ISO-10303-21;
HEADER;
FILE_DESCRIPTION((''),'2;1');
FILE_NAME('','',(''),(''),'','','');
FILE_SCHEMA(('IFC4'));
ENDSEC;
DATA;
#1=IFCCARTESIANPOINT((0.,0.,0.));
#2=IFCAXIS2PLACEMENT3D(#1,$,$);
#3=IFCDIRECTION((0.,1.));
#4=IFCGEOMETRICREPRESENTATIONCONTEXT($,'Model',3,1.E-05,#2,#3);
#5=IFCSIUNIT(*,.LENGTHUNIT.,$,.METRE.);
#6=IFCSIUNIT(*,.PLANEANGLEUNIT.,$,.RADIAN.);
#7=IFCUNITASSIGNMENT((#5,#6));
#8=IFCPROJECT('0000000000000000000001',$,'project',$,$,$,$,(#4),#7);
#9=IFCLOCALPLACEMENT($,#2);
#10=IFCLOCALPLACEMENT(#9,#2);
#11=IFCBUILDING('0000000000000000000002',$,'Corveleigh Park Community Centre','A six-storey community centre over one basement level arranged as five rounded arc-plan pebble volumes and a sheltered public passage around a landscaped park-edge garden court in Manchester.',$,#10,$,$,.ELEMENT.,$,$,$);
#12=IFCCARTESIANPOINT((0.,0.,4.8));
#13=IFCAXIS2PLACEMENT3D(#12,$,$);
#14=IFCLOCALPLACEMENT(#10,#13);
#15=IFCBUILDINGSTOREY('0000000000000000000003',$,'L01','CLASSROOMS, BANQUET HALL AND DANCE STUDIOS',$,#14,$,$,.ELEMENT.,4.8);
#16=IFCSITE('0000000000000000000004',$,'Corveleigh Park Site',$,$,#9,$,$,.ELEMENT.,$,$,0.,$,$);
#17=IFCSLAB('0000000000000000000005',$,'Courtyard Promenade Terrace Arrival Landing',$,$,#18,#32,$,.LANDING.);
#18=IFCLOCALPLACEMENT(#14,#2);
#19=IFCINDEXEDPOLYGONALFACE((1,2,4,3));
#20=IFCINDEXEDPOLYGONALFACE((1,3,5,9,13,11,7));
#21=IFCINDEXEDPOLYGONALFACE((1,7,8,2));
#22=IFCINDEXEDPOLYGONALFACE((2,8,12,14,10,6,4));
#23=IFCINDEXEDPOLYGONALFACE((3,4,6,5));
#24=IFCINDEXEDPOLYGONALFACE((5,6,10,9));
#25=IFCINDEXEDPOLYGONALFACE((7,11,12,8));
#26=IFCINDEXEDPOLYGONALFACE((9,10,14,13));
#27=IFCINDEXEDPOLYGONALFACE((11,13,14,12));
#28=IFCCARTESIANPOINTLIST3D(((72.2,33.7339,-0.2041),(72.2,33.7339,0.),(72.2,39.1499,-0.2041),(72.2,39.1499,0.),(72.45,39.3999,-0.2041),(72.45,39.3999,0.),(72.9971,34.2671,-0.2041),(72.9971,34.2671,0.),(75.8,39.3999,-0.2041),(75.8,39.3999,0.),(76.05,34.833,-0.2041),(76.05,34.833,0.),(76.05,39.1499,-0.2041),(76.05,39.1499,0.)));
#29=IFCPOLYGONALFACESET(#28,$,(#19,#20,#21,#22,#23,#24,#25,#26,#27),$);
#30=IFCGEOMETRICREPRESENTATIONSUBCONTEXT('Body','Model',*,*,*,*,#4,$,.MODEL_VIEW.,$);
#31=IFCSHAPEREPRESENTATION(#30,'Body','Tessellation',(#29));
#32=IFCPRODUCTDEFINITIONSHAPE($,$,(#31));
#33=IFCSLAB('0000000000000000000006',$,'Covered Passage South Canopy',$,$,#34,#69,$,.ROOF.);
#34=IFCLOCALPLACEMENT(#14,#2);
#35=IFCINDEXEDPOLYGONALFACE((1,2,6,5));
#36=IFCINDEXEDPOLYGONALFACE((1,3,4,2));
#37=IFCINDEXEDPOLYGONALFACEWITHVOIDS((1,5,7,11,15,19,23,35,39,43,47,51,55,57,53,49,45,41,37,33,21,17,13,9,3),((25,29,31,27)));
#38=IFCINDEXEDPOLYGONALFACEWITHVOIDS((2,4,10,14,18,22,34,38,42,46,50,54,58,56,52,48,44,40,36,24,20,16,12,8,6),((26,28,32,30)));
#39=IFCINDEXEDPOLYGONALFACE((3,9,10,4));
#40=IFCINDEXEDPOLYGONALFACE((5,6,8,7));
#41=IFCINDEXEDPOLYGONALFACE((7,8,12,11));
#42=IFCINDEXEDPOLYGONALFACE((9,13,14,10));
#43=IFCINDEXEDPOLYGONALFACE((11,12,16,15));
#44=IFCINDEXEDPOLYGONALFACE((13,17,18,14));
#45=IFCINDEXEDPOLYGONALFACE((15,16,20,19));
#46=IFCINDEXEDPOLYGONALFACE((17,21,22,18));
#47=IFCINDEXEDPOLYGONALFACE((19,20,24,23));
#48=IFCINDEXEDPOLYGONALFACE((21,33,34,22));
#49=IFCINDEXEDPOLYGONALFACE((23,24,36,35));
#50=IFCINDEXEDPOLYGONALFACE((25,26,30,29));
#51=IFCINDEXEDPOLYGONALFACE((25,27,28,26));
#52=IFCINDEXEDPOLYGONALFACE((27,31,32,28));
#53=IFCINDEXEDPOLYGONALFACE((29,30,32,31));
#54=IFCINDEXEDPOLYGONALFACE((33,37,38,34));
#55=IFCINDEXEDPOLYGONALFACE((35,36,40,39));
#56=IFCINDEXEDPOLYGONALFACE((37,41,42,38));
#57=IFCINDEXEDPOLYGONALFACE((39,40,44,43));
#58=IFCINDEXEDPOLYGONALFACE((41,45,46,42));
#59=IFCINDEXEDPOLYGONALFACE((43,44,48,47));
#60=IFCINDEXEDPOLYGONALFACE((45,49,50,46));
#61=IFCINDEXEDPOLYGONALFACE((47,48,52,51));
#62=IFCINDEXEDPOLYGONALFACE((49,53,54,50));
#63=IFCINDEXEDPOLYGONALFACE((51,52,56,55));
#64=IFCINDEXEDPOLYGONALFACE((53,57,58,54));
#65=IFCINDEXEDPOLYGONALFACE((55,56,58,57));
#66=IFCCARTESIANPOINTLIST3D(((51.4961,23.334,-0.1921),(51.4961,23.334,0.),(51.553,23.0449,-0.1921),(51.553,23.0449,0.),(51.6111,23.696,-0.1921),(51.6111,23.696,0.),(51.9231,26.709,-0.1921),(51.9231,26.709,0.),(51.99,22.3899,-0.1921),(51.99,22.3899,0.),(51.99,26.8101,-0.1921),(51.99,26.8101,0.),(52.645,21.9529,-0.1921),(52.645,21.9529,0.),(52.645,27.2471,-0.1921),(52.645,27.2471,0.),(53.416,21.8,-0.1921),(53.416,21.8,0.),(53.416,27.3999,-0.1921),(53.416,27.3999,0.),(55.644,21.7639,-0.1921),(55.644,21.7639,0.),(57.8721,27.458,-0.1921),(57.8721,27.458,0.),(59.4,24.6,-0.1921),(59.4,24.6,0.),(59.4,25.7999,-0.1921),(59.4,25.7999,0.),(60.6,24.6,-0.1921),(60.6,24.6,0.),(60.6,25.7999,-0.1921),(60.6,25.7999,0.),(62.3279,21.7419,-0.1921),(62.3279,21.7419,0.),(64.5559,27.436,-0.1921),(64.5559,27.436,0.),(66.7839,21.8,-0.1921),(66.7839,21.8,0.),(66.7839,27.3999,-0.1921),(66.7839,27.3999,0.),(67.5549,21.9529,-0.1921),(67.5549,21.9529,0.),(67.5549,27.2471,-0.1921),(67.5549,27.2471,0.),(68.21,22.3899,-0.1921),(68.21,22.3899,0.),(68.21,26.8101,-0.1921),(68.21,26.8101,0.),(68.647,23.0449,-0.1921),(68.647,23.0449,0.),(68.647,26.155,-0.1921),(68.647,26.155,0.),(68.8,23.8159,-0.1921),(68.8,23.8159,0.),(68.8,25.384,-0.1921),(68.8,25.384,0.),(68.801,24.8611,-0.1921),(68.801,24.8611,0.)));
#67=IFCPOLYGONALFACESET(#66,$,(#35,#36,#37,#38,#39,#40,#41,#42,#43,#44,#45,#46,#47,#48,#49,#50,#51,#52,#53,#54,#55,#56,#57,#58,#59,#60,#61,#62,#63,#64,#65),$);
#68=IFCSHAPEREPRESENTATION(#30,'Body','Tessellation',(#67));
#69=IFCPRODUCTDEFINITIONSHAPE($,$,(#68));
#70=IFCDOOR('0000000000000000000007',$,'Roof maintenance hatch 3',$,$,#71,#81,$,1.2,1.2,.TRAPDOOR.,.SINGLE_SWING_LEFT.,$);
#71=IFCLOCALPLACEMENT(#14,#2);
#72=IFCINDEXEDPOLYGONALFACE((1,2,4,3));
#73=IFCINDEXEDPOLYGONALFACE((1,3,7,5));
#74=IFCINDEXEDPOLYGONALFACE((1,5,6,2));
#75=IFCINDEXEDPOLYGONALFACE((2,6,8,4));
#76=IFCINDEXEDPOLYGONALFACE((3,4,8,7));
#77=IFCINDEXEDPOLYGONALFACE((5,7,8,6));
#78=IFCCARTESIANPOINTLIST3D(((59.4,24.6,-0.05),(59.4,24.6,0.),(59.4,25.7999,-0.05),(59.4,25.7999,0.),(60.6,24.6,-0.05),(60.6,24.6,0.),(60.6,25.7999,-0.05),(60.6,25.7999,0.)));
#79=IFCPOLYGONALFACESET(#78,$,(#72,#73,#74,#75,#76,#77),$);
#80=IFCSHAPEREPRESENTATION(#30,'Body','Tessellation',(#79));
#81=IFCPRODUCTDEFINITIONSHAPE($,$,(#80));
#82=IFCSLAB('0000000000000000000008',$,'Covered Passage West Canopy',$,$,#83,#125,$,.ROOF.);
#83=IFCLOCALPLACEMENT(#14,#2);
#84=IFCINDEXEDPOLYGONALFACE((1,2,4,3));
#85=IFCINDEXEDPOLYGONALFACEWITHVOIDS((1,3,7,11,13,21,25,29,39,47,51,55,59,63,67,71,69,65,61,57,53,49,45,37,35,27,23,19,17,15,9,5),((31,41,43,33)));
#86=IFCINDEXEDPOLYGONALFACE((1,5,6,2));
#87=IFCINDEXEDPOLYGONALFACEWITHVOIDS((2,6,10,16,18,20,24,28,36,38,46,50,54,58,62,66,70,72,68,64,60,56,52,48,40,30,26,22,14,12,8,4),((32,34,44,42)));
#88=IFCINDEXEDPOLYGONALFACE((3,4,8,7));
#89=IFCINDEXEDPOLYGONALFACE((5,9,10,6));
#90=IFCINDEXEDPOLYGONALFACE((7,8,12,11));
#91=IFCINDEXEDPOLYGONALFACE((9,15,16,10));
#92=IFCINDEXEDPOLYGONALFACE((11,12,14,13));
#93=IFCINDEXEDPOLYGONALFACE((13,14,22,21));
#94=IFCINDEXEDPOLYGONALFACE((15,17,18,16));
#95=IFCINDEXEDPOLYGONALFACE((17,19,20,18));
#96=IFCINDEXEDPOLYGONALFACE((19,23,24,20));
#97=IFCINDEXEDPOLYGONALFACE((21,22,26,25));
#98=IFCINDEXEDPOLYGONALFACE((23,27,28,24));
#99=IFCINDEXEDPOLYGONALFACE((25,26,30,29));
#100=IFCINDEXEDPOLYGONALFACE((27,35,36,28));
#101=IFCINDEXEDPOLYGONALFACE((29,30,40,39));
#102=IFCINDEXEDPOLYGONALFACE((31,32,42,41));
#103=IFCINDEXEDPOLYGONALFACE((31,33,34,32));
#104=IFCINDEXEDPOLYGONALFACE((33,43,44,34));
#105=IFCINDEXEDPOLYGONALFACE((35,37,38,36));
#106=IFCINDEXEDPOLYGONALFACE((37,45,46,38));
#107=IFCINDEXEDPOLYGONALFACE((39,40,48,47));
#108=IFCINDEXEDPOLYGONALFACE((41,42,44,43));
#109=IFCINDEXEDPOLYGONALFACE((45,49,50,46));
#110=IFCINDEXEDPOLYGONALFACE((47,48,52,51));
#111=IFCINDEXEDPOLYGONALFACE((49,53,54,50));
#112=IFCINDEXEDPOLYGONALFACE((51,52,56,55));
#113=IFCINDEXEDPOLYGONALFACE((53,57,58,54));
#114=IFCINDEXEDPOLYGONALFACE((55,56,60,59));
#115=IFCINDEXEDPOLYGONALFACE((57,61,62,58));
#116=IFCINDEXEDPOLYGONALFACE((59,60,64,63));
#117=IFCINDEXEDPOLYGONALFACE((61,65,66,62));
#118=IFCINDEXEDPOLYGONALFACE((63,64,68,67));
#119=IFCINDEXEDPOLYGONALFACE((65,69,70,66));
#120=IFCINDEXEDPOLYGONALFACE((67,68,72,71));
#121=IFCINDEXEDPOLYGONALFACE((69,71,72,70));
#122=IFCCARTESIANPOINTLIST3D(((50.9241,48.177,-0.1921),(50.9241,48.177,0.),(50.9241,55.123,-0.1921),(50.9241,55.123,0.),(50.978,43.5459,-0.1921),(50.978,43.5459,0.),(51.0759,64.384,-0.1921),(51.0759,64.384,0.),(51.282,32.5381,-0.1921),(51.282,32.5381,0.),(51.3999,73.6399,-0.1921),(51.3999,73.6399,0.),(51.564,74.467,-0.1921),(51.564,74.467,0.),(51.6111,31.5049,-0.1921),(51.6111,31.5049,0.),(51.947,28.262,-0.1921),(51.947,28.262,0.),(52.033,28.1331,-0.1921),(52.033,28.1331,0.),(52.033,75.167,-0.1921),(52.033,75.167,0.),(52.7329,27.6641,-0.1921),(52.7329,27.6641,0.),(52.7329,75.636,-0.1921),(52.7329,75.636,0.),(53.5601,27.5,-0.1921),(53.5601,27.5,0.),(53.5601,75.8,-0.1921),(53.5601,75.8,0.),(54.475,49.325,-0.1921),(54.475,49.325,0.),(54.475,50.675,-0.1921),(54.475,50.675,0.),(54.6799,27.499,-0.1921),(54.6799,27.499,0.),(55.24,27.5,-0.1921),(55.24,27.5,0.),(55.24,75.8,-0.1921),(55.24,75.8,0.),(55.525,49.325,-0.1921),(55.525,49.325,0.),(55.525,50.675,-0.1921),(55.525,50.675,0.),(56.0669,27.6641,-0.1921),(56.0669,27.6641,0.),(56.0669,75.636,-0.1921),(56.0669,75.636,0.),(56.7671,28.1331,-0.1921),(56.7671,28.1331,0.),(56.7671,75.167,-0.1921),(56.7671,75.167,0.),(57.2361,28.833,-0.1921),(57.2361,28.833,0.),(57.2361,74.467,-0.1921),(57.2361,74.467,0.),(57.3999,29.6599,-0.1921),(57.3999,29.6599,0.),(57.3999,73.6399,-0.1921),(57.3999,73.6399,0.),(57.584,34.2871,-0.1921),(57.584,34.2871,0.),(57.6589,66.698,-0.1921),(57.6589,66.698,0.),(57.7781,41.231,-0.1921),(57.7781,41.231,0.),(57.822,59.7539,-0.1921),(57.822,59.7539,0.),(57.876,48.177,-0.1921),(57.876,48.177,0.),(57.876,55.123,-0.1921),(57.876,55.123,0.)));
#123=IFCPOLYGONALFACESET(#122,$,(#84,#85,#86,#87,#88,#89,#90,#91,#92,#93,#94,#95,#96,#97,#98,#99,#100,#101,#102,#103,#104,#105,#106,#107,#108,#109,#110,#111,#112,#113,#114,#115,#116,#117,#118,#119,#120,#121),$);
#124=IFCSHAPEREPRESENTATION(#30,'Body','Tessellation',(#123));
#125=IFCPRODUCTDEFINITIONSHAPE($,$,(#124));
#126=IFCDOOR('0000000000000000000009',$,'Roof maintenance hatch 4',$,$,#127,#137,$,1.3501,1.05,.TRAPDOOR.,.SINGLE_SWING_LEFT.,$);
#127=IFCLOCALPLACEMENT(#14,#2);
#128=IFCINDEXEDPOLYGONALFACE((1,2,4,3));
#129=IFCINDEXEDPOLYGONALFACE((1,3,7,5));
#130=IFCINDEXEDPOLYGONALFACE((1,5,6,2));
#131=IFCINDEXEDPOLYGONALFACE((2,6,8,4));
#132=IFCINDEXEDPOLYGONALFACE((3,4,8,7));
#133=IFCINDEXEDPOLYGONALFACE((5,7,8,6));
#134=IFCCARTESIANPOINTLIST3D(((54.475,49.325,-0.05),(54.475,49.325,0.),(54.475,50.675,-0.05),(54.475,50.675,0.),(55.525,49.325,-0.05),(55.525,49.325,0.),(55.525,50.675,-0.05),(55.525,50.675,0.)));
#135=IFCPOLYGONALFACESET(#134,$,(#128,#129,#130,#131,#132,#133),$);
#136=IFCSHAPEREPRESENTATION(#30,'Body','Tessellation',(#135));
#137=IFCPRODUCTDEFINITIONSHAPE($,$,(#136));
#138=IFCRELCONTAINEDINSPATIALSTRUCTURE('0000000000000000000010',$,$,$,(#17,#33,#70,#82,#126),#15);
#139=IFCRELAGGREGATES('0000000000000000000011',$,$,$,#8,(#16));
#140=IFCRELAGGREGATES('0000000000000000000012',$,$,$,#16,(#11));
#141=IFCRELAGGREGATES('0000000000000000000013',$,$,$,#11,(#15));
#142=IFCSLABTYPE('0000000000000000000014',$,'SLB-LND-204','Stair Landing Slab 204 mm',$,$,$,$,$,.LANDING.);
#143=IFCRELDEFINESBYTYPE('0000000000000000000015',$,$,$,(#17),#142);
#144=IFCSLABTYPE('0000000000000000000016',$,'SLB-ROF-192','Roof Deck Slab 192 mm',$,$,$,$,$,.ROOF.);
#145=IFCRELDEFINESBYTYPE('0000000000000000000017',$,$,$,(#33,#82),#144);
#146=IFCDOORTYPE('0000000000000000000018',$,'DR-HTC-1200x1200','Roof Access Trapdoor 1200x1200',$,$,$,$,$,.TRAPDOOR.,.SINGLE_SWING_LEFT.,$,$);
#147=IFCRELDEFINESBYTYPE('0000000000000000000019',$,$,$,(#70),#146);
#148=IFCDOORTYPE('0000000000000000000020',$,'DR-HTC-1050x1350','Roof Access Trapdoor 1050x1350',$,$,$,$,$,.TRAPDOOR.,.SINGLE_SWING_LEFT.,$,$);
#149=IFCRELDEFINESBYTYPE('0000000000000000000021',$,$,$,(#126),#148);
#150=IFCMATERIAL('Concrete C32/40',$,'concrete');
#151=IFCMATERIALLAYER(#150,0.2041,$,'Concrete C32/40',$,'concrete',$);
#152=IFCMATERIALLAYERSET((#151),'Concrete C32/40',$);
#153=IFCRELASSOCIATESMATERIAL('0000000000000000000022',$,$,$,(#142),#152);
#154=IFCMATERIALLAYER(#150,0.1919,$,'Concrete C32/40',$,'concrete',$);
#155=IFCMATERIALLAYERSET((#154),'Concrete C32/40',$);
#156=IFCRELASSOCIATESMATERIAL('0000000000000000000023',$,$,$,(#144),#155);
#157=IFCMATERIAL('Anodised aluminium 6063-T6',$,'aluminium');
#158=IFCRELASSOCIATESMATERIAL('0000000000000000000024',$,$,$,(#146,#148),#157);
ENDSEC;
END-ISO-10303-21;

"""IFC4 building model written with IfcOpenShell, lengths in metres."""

from ifc_helpers import new_model, si_unit, direction, frame, origin, origin_2d, place, context, subcontext, project, spatial, polyline, rectangle, outline, extrude, material, layer, layer_set, type_object, element, fill, save


model = new_model("IFC4")

# Units and contexts
model_context = context("Model", 3, precision=1e-05, world=origin(), true_north=direction((0.0, 1.0)))
body_context = subcontext(model_context, "Body", "Model", "MODEL_VIEW")
ifc_project = project(units=[si_unit("LENGTHUNIT", "METRE"), si_unit("PLANEANGLEUNIT", "RADIAN")], contexts=[model_context])

# Site, building, storey
site_placement = place(None, origin())
site = spatial("IfcSite", under=ifc_project, at=site_placement, Name="Corveleigh Park Site", CompositionType="ELEMENT", RefElevation=0.0)
building_placement = place(site_placement, origin())
building = spatial("IfcBuilding", under=site, at=building_placement, Name="Corveleigh Park Community Centre", Description="A six-storey community centre over one basement level arranged as five rounded arc-plan pebble volumes and a sheltered public passage around a landscaped park-edge garden court in Manchester.", CompositionType="ELEMENT")
storey_placement = place(building_placement, frame((0.0, 0.0, 4.8)))
storey = spatial("IfcBuildingStorey", under=building, at=storey_placement, Name="L01", Description="CLASSROOMS, BANQUET HALL AND DANCE STUDIOS", CompositionType="ELEMENT", Elevation=4.8)

# Slab
ifc_material_1 = material(Name="Concrete C32/40", Category="concrete")
ifc_layer_1 = layer(ifc_material_1, 0.2041, Name="Concrete C32/40", Category="concrete")
ifc_layer_set_1 = layer_set([ifc_layer_1], Name="Concrete C32/40")
slab_type_1 = type_object("IfcSlabType", Name="SLB-LND-204", Description="Stair Landing Slab 204 mm", PredefinedType="LANDING", material=ifc_layer_set_1)
slab_1_placement = place(storey_placement, frame((0.0, 0.0, -0.2041)))
element("IfcSlab", 1, at=slab_1_placement, inside=storey, type_object=slab_type_1, Name="Courtyard Promenade Terrace Arrival Landing", PredefinedType="LANDING", context=body_context, shape_type="SweptSolid", body=[
    extrude(outline(polyline([(72.2, 39.1499), (72.45, 39.3999), (75.8, 39.3999), (76.05, 39.1499), (76.05, 34.833), (72.9971, 34.2671), (72.2, 33.7339), (72.2, 39.1499)])), origin(), (0.0, 0.0, 1.0), 0.2041),
])

# Slabs, openings, doors
ifc_layer_2 = layer(ifc_material_1, 0.1919, Name="Concrete C32/40", Category="concrete")
ifc_layer_set_2 = layer_set([ifc_layer_2], Name="Concrete C32/40")
slab_type_2 = type_object("IfcSlabType", Name="SLB-ROF-192", Description="Roof Deck Slab 192 mm", PredefinedType="ROOF", material=ifc_layer_set_2)
slab_2_placement = place(storey_placement, frame((0.0, 0.0, -0.1921)))
slab_2 = element("IfcSlab", 2, at=slab_2_placement, inside=storey, type_object=slab_type_2, Name="Covered Passage South Canopy", PredefinedType="ROOF", context=body_context, shape_type="SweptSolid", body=[
    extrude(outline(polyline([(51.99, 26.8101), (52.645, 27.2471), (53.416, 27.3999), (57.8721, 27.458), (64.5559, 27.436), (66.7839, 27.3999), (67.5549, 27.2471), (68.21, 26.8101), (68.647, 26.155), (68.8, 25.384), (68.801, 24.8611), (68.8, 23.8159), (68.647, 23.0449), (68.21, 22.3899), (67.5549, 21.9529), (66.7839, 21.8), (62.3279, 21.7419), (55.644, 21.7639), (53.416, 21.8), (52.645, 21.9529), (51.99, 22.3899), (51.553, 23.0449), (51.4961, 23.334), (51.6111, 23.696), (51.9231, 26.709), (51.99, 26.8101)])), origin(), (0.0, 0.0, 1.0), 0.1921),
])
opening_1_placement = place(slab_2_placement, frame((60.0, 25.2, -0.01)))
opening_1 = element("IfcOpeningElement", 3, at=opening_1_placement, cuts=slab_2, PredefinedType="OPENING", context=body_context, shape_type="SweptSolid", body=[
    extrude(rectangle(XDim=1.2, YDim=1.2, at=origin_2d()), origin(), (0.0, 0.0, 1.0), 0.2122),
])
ifc_material_2 = material(Name="Anodised aluminium 6063-T6", Category="aluminium")
door_type_1 = type_object("IfcDoorType", Name="DR-HTC-1200x1200", Description="Roof Access Trapdoor 1200x1200", OperationType="SINGLE_SWING_LEFT", PredefinedType="TRAPDOOR", material=ifc_material_2)
door_1_placement = place(opening_1_placement, frame((0.0, 0.0, 0.1521)))
door_1 = element("IfcDoor", 4, at=door_1_placement, inside=storey, type_object=door_type_1, Name="Roof maintenance hatch 3", OperationType="SINGLE_SWING_LEFT", OverallHeight=1.2, OverallWidth=1.2, PredefinedType="TRAPDOOR", context=body_context, shape_type="SweptSolid", body=[
    extrude(rectangle(XDim=1.2, YDim=1.2, at=origin_2d()), origin(), (0.0, 0.0, 1.0), 0.05),
])
fill(opening_1, door_1)
slab_3_placement = place(storey_placement, frame((0.0, 0.0, -0.1921)))
slab_3 = element("IfcSlab", 5, at=slab_3_placement, inside=storey, type_object=slab_type_2, Name="Covered Passage West Canopy", PredefinedType="ROOF", context=body_context, shape_type="SweptSolid", body=[
    extrude(outline(polyline([(51.282, 32.5381), (50.978, 43.5459), (50.9241, 48.177), (50.9241, 55.123), (51.0759, 64.384), (51.3999, 73.6399), (51.564, 74.467), (52.033, 75.167), (52.7329, 75.636), (53.5601, 75.8), (55.24, 75.8), (56.0669, 75.636), (56.7671, 75.167), (57.2361, 74.467), (57.3999, 73.6399), (57.6589, 66.698), (57.822, 59.7539), (57.876, 55.123), (57.876, 48.177), (57.7781, 41.231), (57.584, 34.2871), (57.3999, 29.6599), (57.2361, 28.833), (56.7671, 28.1331), (56.0669, 27.6641), (55.24, 27.5), (54.6799, 27.499), (53.5601, 27.5), (52.7329, 27.6641), (52.033, 28.1331), (51.947, 28.262), (51.6111, 31.5049), (51.282, 32.5381)])), origin(), (0.0, 0.0, 1.0), 0.1921),
])
opening_2_placement = place(slab_3_placement, frame((55.0, 50.0, -0.01)))
opening_2 = element("IfcOpeningElement", 6, at=opening_2_placement, cuts=slab_3, PredefinedType="OPENING", context=body_context, shape_type="SweptSolid", body=[
    extrude(rectangle(XDim=1.05, YDim=1.3501, at=origin_2d()), origin(), (0.0, 0.0, 1.0), 0.2122),
])
door_type_2 = type_object("IfcDoorType", Name="DR-HTC-1050x1350", Description="Roof Access Trapdoor 1050x1350", OperationType="SINGLE_SWING_LEFT", PredefinedType="TRAPDOOR", material=ifc_material_2)
door_2_placement = place(opening_2_placement, frame((0.0, 0.0, 0.1521)))
door_2 = element("IfcDoor", 7, at=door_2_placement, inside=storey, type_object=door_type_2, Name="Roof maintenance hatch 4", OperationType="SINGLE_SWING_LEFT", OverallHeight=1.3501, OverallWidth=1.05, PredefinedType="TRAPDOOR", context=body_context, shape_type="SweptSolid", body=[
    extrude(rectangle(XDim=1.05, YDim=1.3501, at=origin_2d()), origin(), (0.0, 0.0, 1.0), 0.05),
])
fill(opening_2, door_2)

save(model, "model.ifc")
